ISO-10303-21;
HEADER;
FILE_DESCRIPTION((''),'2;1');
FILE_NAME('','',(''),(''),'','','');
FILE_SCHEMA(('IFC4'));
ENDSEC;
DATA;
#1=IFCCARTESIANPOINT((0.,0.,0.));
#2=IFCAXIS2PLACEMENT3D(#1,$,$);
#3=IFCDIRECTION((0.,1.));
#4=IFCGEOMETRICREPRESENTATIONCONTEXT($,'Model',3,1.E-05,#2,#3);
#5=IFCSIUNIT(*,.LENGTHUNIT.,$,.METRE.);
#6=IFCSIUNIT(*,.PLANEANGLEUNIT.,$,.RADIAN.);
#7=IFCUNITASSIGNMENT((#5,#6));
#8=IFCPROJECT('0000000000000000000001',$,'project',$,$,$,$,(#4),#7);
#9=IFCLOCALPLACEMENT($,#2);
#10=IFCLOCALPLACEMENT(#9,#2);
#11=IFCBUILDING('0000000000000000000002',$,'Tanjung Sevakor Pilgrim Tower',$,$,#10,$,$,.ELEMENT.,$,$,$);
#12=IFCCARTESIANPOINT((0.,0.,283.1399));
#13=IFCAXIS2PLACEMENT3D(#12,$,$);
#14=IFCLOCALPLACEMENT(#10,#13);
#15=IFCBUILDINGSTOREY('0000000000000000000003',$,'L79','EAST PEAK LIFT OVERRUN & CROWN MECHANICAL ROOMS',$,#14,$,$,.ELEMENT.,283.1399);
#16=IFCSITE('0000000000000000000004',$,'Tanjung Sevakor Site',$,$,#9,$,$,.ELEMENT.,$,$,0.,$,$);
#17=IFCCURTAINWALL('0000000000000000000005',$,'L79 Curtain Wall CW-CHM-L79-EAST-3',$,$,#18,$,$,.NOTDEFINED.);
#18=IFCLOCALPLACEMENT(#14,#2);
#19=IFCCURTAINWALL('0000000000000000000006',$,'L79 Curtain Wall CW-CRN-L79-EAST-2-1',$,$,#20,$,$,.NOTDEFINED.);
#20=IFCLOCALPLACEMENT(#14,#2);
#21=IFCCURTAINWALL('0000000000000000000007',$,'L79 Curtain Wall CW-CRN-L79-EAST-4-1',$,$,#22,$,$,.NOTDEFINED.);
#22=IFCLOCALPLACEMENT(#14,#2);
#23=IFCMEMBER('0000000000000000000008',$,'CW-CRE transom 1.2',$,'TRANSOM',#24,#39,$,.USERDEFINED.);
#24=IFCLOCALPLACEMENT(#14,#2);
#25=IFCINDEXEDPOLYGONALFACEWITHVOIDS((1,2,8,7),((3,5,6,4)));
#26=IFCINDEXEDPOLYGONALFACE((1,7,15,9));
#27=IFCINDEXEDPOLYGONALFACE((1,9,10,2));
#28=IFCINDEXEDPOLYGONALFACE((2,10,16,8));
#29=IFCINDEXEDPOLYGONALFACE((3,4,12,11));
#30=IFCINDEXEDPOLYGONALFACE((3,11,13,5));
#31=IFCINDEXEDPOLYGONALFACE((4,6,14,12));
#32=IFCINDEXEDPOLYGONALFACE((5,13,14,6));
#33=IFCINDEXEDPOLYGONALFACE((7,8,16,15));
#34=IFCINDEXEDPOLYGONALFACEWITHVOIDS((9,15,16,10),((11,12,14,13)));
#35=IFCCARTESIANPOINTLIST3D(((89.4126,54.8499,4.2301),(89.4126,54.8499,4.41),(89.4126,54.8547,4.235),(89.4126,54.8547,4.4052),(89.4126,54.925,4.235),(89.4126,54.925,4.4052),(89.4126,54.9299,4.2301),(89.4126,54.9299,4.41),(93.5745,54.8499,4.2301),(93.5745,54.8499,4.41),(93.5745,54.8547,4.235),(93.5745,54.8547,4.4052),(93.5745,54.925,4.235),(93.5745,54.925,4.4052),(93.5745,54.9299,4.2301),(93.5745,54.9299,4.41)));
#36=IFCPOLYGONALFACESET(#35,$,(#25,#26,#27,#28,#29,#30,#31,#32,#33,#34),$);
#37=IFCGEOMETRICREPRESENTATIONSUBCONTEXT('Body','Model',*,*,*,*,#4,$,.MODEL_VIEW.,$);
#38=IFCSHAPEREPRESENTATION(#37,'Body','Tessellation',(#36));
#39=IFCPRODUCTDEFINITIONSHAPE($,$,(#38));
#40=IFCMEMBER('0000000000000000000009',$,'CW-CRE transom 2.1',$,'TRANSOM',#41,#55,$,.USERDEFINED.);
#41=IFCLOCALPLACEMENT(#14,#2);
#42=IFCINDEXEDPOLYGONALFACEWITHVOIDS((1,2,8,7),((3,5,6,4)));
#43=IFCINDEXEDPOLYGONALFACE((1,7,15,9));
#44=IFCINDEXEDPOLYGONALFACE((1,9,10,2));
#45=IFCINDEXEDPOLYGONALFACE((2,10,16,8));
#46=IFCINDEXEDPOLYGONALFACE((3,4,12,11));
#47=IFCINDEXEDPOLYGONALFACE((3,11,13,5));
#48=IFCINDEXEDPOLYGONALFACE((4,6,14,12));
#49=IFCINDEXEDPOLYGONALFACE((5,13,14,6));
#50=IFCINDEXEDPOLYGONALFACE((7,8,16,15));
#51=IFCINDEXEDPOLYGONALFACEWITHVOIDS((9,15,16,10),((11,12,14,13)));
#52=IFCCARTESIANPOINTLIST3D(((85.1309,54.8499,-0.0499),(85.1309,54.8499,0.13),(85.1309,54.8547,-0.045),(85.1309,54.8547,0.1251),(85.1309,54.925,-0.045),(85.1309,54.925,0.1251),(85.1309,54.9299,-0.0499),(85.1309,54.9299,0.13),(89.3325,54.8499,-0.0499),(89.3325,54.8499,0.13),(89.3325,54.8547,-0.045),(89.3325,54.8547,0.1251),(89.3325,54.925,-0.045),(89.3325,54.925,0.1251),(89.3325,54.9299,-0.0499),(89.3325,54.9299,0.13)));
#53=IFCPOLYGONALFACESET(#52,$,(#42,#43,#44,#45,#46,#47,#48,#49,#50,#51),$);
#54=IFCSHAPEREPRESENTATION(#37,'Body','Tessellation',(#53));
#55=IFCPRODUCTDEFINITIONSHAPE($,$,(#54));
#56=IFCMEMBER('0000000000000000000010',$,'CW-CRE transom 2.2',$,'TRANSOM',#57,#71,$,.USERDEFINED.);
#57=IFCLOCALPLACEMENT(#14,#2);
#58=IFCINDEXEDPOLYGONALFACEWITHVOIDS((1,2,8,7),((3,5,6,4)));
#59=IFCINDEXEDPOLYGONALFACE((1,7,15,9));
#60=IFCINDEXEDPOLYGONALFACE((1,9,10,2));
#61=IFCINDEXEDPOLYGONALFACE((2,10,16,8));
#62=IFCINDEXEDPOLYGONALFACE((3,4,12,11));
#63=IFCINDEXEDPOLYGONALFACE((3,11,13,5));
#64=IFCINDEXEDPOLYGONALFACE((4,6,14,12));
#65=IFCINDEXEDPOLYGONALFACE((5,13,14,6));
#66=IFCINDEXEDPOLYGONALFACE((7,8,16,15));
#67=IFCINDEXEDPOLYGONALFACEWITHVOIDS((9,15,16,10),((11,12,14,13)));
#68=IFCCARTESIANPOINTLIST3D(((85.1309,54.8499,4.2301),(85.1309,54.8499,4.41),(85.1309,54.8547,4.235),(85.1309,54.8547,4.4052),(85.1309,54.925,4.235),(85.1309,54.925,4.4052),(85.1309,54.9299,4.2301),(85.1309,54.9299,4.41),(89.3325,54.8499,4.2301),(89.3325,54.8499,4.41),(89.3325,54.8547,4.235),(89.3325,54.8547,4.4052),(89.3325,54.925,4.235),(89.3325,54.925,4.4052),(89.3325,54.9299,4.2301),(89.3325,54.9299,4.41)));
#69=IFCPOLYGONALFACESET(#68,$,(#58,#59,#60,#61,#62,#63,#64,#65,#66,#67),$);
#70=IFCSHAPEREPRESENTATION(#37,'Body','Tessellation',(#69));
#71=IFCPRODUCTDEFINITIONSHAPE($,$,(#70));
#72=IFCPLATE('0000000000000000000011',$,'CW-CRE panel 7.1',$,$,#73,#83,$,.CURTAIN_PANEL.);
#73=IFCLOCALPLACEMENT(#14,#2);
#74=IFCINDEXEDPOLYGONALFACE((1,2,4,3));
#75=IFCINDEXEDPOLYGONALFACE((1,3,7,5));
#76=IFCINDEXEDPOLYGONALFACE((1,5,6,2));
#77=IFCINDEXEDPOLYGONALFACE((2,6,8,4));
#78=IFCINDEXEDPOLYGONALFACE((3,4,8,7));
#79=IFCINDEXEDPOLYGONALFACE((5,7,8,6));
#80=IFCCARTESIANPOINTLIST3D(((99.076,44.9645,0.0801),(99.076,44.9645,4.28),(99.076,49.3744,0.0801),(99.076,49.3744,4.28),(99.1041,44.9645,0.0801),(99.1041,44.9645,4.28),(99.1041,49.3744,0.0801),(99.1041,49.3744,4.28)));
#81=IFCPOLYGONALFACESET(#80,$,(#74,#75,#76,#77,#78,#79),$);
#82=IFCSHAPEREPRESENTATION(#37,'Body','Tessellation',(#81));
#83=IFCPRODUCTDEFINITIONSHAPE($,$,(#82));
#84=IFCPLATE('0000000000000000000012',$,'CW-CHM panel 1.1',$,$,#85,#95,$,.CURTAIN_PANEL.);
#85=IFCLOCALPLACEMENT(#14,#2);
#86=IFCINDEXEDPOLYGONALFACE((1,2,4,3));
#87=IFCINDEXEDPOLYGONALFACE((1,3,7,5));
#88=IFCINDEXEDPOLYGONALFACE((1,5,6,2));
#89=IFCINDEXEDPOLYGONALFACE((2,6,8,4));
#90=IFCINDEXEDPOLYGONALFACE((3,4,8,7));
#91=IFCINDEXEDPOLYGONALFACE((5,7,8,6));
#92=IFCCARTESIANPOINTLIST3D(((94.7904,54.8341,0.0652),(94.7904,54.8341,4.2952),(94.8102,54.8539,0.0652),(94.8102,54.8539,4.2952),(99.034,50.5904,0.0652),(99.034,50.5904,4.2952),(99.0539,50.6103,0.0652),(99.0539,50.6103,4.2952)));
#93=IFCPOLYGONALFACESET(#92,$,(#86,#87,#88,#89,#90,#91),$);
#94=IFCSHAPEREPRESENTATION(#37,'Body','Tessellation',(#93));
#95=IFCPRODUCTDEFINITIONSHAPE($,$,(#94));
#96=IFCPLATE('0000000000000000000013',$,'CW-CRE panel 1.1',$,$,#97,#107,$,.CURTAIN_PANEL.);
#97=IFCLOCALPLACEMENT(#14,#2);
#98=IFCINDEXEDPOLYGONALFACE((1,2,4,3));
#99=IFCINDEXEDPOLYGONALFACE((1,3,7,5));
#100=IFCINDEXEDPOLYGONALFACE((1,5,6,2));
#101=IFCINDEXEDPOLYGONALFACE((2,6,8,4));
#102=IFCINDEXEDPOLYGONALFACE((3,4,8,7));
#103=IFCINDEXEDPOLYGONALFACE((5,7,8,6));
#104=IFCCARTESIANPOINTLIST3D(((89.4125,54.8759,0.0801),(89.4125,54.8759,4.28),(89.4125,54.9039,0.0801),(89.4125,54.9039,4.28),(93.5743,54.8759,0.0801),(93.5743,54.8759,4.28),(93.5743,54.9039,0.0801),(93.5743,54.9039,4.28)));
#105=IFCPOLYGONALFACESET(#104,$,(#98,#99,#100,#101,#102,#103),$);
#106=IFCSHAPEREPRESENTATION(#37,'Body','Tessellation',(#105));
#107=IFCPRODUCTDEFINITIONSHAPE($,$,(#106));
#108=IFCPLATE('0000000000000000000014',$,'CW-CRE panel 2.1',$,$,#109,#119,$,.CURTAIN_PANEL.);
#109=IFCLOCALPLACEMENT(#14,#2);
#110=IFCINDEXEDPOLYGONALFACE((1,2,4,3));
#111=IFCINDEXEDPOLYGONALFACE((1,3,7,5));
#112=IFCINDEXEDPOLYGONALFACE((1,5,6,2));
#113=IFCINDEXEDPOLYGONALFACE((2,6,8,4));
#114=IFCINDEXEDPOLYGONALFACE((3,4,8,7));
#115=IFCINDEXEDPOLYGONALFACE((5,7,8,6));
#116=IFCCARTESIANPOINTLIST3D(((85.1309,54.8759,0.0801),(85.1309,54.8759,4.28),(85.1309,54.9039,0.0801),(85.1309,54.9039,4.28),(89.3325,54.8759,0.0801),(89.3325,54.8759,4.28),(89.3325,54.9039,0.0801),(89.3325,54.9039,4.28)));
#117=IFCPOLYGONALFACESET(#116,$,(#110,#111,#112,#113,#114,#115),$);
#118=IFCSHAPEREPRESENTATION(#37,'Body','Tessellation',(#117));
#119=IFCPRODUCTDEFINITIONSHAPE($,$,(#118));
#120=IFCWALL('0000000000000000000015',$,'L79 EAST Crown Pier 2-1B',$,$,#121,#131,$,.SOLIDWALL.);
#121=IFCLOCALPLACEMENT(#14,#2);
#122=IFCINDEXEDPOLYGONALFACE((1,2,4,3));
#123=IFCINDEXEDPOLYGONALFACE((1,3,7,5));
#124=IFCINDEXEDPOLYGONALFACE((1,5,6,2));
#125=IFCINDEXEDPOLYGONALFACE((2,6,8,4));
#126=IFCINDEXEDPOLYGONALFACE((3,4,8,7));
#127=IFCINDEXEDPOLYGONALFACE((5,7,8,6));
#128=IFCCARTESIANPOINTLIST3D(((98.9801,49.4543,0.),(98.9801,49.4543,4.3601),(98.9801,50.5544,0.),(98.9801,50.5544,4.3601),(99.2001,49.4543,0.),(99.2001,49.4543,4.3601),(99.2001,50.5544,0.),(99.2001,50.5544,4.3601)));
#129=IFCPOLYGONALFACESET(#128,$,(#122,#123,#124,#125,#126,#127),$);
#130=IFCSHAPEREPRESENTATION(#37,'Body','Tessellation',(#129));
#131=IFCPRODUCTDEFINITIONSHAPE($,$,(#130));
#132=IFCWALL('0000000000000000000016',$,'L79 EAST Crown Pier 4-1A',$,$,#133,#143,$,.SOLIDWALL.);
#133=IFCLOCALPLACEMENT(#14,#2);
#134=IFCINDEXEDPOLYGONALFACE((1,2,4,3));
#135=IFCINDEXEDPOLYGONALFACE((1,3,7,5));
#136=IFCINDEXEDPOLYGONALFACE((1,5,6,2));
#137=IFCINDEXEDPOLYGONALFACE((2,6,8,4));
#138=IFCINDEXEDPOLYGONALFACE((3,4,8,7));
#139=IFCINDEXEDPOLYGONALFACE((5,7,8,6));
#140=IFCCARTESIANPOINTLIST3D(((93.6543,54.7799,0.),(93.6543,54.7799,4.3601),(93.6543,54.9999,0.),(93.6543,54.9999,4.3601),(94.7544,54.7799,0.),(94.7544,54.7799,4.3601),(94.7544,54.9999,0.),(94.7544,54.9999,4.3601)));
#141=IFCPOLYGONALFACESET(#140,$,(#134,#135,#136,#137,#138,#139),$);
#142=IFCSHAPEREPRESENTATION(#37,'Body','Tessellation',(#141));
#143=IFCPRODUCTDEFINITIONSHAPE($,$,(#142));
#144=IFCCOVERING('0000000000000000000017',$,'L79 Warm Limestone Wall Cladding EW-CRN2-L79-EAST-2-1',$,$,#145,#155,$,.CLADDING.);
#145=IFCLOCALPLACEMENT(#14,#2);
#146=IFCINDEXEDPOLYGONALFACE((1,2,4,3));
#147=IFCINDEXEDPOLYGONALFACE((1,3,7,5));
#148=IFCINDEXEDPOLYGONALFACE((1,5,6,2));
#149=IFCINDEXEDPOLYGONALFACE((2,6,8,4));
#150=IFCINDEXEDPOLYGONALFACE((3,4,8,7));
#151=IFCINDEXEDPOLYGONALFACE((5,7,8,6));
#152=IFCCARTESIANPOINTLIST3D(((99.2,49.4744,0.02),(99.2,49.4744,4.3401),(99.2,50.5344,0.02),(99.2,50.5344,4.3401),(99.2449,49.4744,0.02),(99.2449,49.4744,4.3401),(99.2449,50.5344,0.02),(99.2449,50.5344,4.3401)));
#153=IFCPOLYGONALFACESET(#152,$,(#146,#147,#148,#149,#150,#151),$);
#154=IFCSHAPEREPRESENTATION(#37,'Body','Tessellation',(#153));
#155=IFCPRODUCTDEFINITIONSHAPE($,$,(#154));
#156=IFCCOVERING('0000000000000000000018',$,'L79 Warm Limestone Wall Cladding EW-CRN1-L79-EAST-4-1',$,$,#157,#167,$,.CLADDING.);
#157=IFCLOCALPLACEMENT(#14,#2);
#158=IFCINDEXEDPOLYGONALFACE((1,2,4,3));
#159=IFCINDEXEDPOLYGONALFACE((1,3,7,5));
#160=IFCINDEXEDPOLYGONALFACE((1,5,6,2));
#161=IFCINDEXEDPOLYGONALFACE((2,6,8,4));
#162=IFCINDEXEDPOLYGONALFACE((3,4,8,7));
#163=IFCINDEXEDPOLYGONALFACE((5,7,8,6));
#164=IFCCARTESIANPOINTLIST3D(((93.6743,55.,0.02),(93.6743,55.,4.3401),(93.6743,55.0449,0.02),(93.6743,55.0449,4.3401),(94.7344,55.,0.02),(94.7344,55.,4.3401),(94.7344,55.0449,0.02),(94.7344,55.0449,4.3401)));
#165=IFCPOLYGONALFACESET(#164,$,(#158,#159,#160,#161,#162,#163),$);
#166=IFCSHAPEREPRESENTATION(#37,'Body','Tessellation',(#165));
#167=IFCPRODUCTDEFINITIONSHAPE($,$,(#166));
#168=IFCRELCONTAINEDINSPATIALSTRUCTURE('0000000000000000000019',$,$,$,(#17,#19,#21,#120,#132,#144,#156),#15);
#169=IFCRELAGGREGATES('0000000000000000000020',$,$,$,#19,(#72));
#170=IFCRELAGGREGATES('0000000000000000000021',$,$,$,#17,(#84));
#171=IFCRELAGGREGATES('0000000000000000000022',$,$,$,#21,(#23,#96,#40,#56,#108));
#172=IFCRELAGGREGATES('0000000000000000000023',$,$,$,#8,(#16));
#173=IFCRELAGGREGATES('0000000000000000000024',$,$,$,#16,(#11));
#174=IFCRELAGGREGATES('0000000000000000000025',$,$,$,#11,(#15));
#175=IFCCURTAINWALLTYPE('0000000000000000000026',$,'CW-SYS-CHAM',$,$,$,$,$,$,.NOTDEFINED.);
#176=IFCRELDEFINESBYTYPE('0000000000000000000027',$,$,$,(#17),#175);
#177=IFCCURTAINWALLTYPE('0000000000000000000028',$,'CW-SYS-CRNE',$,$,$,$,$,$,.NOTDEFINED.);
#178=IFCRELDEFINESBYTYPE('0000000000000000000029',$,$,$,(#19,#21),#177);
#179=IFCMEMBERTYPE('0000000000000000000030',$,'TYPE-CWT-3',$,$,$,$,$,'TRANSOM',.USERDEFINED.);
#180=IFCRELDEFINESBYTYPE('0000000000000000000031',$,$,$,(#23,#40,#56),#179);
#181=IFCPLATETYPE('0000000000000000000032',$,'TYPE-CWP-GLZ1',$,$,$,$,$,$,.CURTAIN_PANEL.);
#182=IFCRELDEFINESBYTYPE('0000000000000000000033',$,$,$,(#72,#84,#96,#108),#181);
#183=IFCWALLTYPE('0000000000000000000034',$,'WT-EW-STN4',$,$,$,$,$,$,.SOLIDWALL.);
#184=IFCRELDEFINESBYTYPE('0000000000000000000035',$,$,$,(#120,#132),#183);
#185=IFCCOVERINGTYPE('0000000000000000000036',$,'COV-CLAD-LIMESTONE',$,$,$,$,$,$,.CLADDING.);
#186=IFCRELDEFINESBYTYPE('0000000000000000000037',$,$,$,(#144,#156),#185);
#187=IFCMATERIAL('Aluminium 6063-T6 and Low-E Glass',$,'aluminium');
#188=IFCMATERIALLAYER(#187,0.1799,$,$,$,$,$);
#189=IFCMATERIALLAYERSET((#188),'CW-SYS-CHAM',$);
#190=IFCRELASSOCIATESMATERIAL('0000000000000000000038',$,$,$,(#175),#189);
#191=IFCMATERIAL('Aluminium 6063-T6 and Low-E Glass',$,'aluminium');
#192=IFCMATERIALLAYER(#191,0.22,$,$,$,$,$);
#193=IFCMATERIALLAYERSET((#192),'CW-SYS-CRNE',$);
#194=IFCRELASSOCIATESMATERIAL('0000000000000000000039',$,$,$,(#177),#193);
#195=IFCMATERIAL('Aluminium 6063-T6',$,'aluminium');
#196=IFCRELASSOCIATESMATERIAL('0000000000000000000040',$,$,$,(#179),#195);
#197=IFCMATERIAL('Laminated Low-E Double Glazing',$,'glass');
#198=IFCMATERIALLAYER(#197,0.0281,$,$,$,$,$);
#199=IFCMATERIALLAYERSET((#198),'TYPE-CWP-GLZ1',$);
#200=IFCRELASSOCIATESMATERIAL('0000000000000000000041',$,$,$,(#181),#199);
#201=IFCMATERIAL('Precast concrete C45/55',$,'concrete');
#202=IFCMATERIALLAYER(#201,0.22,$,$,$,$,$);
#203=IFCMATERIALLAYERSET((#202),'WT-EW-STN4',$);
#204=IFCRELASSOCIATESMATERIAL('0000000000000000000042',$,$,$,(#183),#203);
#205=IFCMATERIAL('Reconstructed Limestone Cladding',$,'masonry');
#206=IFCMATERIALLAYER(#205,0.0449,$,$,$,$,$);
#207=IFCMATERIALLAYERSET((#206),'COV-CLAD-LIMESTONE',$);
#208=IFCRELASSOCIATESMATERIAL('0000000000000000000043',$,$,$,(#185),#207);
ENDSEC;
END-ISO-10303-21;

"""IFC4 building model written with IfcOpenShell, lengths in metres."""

from ifc_helpers import new_model, si_unit, direction, frame, frame_2d, origin, origin_2d, place, context, subcontext, project, spatial, rectangle, hollow_rectangle, extrude, material, layer, layer_set, material_profile, profile_set, type_object, element, aggregate, save


model = new_model("IFC4")

# Units and contexts
model_context = context("Model", 3, precision=1e-05, world=origin(), true_north=direction((0.0, 1.0)))
body_context = subcontext(model_context, "Body", "Model", "MODEL_VIEW")
ifc_project = project(units=[si_unit("LENGTHUNIT", "METRE"), si_unit("PLANEANGLEUNIT", "RADIAN")], contexts=[model_context])

# Site, building, storey
site_placement = place(None, origin())
site = spatial("IfcSite", under=ifc_project, at=site_placement, Name="Tanjung Sevakor Site", CompositionType="ELEMENT", RefElevation=0.0)
building_placement = place(site_placement, origin())
building = spatial("IfcBuilding", under=site, at=building_placement, Name="Tanjung Sevakor Pilgrim Tower", CompositionType="ELEMENT")
storey_placement = place(building_placement, frame((0.0, 0.0, 283.1399)))
storey = spatial("IfcBuildingStorey", under=building, at=storey_placement, Name="L79", Description="EAST PEAK LIFT OVERRUN & CROWN MECHANICAL ROOMS", CompositionType="ELEMENT", Elevation=283.1399)

# Curtain wall
ifc_material_1 = material(Name="Aluminium 6063-T6 and Low-E Glass", Category="aluminium")
ifc_layer_1 = layer(ifc_material_1, 0.1799)
ifc_layer_set_1 = layer_set([ifc_layer_1], Name="CW-SYS-CHAM")
curtain_wall_type_1 = type_object("IfcCurtainWallType", Name="CW-SYS-CHAM", PredefinedType="NOTDEFINED", material=ifc_layer_set_1)
curtain_wall_1_placement = place(storey_placement, origin())
curtain_wall_1 = element("IfcCurtainWall", 1, at=curtain_wall_1_placement, inside=storey, type_object=curtain_wall_type_1, Name="L79 Curtain Wall CW-CHM-L79-EAST-3", PredefinedType="NOTDEFINED")

# Curtain wall
ifc_material_2 = material(Name="Aluminium 6063-T6 and Low-E Glass", Category="aluminium")
ifc_layer_2 = layer(ifc_material_2, 0.22)
ifc_layer_set_2 = layer_set([ifc_layer_2], Name="CW-SYS-CRNE")
curtain_wall_type_2 = type_object("IfcCurtainWallType", Name="CW-SYS-CRNE", PredefinedType="NOTDEFINED", material=ifc_layer_set_2)
curtain_wall_2_placement = place(storey_placement, origin())
curtain_wall_2 = element("IfcCurtainWall", 2, at=curtain_wall_2_placement, inside=storey, type_object=curtain_wall_type_2, Name="L79 Curtain Wall CW-CRN-L79-EAST-2-1", PredefinedType="NOTDEFINED")

# Curtain wall
curtain_wall_3_placement = place(storey_placement, origin())
curtain_wall_3 = element("IfcCurtainWall", 3, at=curtain_wall_3_placement, inside=storey, type_object=curtain_wall_type_2, Name="L79 Curtain Wall CW-CRN-L79-EAST-4-1", PredefinedType="NOTDEFINED")

# Members
ifc_material_3 = material(Name="Aluminium 6063-T6", Category="aluminium")
ifc_material_profile_1 = material_profile(ifc_material_3, hollow_rectangle(XDim=0.0801, YDim=0.1799, WallThickness=0.0049, at=origin_2d()))
ifc_profile_set_1 = profile_set([ifc_material_profile_1], Name="Aluminium 6063-T6")
member_type_1 = type_object("IfcMemberType", Name="TYPE-CWT-3", ElementType="TRANSOM", PredefinedType="USERDEFINED", material=ifc_profile_set_1)
member_1_placement = place(storey_placement, frame((93.5745, 54.8899, 4.3201), z_axis=(-1.0, 0.0, 0.0), x_axis=(0.0, -1.0, 0.0)))
member_1 = element("IfcMember", 4, at=member_1_placement, type_object=member_type_1, Name="CW-CRE transom 1.2", ObjectType="TRANSOM", PredefinedType="USERDEFINED", context=body_context, shape_type="SweptSolid", body=[
    extrude(hollow_rectangle(XDim=0.0801, YDim=0.1799, WallThickness=0.0049, at=origin_2d()), origin(), (0.0, 0.0, 1.0), 4.1619),
])
member_2_placement = place(storey_placement, frame((89.3325, 54.8899, 0.04), z_axis=(-1.0, 0.0, 0.0), x_axis=(0.0, -1.0, 0.0)))
member_2 = element("IfcMember", 5, at=member_2_placement, type_object=member_type_1, Name="CW-CRE transom 2.1", ObjectType="TRANSOM", PredefinedType="USERDEFINED", context=body_context, shape_type="SweptSolid", body=[
    extrude(hollow_rectangle(XDim=0.0801, YDim=0.1799, WallThickness=0.0049, at=origin_2d()), origin(), (0.0, 0.0, 1.0), 4.2017),
])
member_3_placement = place(storey_placement, frame((89.3325, 54.8899, 4.3201), z_axis=(-1.0, 0.0, 0.0), x_axis=(0.0, -1.0, 0.0)))
member_3 = element("IfcMember", 6, at=member_3_placement, type_object=member_type_1, Name="CW-CRE transom 2.2", ObjectType="TRANSOM", PredefinedType="USERDEFINED", context=body_context, shape_type="SweptSolid", body=[
    extrude(hollow_rectangle(XDim=0.0801, YDim=0.1799, WallThickness=0.0049, at=origin_2d()), origin(), (0.0, 0.0, 1.0), 4.2017),
])

# Plates
ifc_material_4 = material(Name="Laminated Low-E Double Glazing", Category="glass")
ifc_layer_3 = layer(ifc_material_4, 0.0281)
ifc_layer_set_3 = layer_set([ifc_layer_3], Name="TYPE-CWP-GLZ1")
plate_type = type_object("IfcPlateType", Name="TYPE-CWP-GLZ1", PredefinedType="CURTAIN_PANEL", material=ifc_layer_set_3)
plate_1_placement = place(storey_placement, frame((99.0901, 47.1694, 0.0801), z_axis=(0.0, 0.0, 1.0), x_axis=(0.0, 1.0, 0.0)))
plate_1 = element("IfcPlate", 7, at=plate_1_placement, type_object=plate_type, Name="CW-CRE panel 7.1", PredefinedType="CURTAIN_PANEL", context=body_context, shape_type="SweptSolid", body=[
    extrude(rectangle(XDim=4.4099, YDim=0.0281, at=origin_2d()), origin(), (0.0, 0.0, 1.0), 4.2),
])
aggregate(curtain_wall_2, [plate_1])
plate_2_placement = place(storey_placement, frame((96.9221, 52.7222, 0.0652), z_axis=(0.0, 0.0, 1.0), x_axis=(-0.707107, 0.707107, 0.0)))
plate_2 = element("IfcPlate", 8, at=plate_2_placement, type_object=plate_type, Name="CW-CHM panel 1.1", PredefinedType="CURTAIN_PANEL", context=body_context, shape_type="SweptSolid", body=[
    extrude(rectangle(XDim=6.0015, YDim=0.0281, at=origin_2d()), origin(), (0.0, 0.0, 1.0), 4.23),
])
aggregate(curtain_wall_1, [plate_2])
plate_3_placement = place(storey_placement, frame((91.4934, 54.8899, 0.0801), z_axis=(0.0, 0.0, 1.0), x_axis=(-1.0, 0.0, 0.0)))
plate_3 = element("IfcPlate", 9, at=plate_3_placement, type_object=plate_type, Name="CW-CRE panel 1.1", PredefinedType="CURTAIN_PANEL", context=body_context, shape_type="SweptSolid", body=[
    extrude(rectangle(XDim=4.1619, YDim=0.0281, at=origin_2d()), origin(), (0.0, 0.0, 1.0), 4.2),
])
plate_4_placement = place(storey_placement, frame((87.2317, 54.8899, 0.0801), z_axis=(0.0, 0.0, 1.0), x_axis=(-1.0, 0.0, 0.0)))
plate_4 = element("IfcPlate", 10, at=plate_4_placement, type_object=plate_type, Name="CW-CRE panel 2.1", PredefinedType="CURTAIN_PANEL", context=body_context, shape_type="SweptSolid", body=[
    extrude(rectangle(XDim=4.2017, YDim=0.0281, at=origin_2d()), origin(), (0.0, 0.0, 1.0), 4.2),
])
aggregate(curtain_wall_3, [member_1, plate_3, member_2, member_3, plate_4])

# Walls
ifc_material_5 = material(Name="Precast concrete C45/55", Category="concrete")
ifc_layer_4 = layer(ifc_material_5, 0.22)
ifc_layer_set_4 = layer_set([ifc_layer_4], Name="WT-EW-STN4")
wall_type = type_object("IfcWallType", Name="WT-EW-STN4", PredefinedType="SOLIDWALL", material=ifc_layer_set_4)
for number, where, z_axis, x_axis, name in (
    (11, (99.0901, 49.4543, 0.0), (0.0, 0.0, 1.0), (0.0, 1.0, 0.0), "L79 EAST Crown Pier 2-1B"),
    (12, (94.7544, 54.8899, 0.0), (0.0, 0.0, 1.0), (-1.0, 0.0, 0.0), "L79 EAST Crown Pier 4-1A"),
):
    element("IfcWall", number, at=place(storey_placement, frame(where, z_axis=z_axis, x_axis=x_axis)), inside=storey, type_object=wall_type, Name=name, PredefinedType="SOLIDWALL", context=body_context, shape_type="SweptSolid", body=[
        extrude(rectangle(XDim=1.1001, YDim=0.22, at=frame_2d((0.55, 0.0))), origin(), (0.0, 0.0, 1.0), 4.3601),
    ])

# Coverings
ifc_material_6 = material(Name="Reconstructed Limestone Cladding", Category="masonry")
ifc_layer_5 = layer(ifc_material_6, 0.0449)
ifc_layer_set_5 = layer_set([ifc_layer_5], Name="COV-CLAD-LIMESTONE")
covering_type = type_object("IfcCoveringType", Name="COV-CLAD-LIMESTONE", PredefinedType="CLADDING", material=ifc_layer_set_5)
for number, where, z_axis, x_axis, name in (
    (13, (99.2224, 50.0044, 0.02), (0.0, 0.0, 1.0), (0.0, 1.0, 0.0), "L79 Warm Limestone Wall Cladding EW-CRN2-L79-EAST-2-1"),
    (14, (94.2043, 55.0225, 0.02), (0.0, 0.0, 1.0), (-1.0, 0.0, 0.0), "L79 Warm Limestone Wall Cladding EW-CRN1-L79-EAST-4-1"),
):
    element("IfcCovering", number, at=place(storey_placement, frame(where, z_axis=z_axis, x_axis=x_axis)), inside=storey, type_object=covering_type, Name=name, PredefinedType="CLADDING", context=body_context, shape_type="SweptSolid", body=[
        extrude(rectangle(XDim=1.0601, YDim=0.0449, at=origin_2d()), origin(), (0.0, 0.0, 1.0), 4.3201),
    ])

save(model, "model.ifc")
